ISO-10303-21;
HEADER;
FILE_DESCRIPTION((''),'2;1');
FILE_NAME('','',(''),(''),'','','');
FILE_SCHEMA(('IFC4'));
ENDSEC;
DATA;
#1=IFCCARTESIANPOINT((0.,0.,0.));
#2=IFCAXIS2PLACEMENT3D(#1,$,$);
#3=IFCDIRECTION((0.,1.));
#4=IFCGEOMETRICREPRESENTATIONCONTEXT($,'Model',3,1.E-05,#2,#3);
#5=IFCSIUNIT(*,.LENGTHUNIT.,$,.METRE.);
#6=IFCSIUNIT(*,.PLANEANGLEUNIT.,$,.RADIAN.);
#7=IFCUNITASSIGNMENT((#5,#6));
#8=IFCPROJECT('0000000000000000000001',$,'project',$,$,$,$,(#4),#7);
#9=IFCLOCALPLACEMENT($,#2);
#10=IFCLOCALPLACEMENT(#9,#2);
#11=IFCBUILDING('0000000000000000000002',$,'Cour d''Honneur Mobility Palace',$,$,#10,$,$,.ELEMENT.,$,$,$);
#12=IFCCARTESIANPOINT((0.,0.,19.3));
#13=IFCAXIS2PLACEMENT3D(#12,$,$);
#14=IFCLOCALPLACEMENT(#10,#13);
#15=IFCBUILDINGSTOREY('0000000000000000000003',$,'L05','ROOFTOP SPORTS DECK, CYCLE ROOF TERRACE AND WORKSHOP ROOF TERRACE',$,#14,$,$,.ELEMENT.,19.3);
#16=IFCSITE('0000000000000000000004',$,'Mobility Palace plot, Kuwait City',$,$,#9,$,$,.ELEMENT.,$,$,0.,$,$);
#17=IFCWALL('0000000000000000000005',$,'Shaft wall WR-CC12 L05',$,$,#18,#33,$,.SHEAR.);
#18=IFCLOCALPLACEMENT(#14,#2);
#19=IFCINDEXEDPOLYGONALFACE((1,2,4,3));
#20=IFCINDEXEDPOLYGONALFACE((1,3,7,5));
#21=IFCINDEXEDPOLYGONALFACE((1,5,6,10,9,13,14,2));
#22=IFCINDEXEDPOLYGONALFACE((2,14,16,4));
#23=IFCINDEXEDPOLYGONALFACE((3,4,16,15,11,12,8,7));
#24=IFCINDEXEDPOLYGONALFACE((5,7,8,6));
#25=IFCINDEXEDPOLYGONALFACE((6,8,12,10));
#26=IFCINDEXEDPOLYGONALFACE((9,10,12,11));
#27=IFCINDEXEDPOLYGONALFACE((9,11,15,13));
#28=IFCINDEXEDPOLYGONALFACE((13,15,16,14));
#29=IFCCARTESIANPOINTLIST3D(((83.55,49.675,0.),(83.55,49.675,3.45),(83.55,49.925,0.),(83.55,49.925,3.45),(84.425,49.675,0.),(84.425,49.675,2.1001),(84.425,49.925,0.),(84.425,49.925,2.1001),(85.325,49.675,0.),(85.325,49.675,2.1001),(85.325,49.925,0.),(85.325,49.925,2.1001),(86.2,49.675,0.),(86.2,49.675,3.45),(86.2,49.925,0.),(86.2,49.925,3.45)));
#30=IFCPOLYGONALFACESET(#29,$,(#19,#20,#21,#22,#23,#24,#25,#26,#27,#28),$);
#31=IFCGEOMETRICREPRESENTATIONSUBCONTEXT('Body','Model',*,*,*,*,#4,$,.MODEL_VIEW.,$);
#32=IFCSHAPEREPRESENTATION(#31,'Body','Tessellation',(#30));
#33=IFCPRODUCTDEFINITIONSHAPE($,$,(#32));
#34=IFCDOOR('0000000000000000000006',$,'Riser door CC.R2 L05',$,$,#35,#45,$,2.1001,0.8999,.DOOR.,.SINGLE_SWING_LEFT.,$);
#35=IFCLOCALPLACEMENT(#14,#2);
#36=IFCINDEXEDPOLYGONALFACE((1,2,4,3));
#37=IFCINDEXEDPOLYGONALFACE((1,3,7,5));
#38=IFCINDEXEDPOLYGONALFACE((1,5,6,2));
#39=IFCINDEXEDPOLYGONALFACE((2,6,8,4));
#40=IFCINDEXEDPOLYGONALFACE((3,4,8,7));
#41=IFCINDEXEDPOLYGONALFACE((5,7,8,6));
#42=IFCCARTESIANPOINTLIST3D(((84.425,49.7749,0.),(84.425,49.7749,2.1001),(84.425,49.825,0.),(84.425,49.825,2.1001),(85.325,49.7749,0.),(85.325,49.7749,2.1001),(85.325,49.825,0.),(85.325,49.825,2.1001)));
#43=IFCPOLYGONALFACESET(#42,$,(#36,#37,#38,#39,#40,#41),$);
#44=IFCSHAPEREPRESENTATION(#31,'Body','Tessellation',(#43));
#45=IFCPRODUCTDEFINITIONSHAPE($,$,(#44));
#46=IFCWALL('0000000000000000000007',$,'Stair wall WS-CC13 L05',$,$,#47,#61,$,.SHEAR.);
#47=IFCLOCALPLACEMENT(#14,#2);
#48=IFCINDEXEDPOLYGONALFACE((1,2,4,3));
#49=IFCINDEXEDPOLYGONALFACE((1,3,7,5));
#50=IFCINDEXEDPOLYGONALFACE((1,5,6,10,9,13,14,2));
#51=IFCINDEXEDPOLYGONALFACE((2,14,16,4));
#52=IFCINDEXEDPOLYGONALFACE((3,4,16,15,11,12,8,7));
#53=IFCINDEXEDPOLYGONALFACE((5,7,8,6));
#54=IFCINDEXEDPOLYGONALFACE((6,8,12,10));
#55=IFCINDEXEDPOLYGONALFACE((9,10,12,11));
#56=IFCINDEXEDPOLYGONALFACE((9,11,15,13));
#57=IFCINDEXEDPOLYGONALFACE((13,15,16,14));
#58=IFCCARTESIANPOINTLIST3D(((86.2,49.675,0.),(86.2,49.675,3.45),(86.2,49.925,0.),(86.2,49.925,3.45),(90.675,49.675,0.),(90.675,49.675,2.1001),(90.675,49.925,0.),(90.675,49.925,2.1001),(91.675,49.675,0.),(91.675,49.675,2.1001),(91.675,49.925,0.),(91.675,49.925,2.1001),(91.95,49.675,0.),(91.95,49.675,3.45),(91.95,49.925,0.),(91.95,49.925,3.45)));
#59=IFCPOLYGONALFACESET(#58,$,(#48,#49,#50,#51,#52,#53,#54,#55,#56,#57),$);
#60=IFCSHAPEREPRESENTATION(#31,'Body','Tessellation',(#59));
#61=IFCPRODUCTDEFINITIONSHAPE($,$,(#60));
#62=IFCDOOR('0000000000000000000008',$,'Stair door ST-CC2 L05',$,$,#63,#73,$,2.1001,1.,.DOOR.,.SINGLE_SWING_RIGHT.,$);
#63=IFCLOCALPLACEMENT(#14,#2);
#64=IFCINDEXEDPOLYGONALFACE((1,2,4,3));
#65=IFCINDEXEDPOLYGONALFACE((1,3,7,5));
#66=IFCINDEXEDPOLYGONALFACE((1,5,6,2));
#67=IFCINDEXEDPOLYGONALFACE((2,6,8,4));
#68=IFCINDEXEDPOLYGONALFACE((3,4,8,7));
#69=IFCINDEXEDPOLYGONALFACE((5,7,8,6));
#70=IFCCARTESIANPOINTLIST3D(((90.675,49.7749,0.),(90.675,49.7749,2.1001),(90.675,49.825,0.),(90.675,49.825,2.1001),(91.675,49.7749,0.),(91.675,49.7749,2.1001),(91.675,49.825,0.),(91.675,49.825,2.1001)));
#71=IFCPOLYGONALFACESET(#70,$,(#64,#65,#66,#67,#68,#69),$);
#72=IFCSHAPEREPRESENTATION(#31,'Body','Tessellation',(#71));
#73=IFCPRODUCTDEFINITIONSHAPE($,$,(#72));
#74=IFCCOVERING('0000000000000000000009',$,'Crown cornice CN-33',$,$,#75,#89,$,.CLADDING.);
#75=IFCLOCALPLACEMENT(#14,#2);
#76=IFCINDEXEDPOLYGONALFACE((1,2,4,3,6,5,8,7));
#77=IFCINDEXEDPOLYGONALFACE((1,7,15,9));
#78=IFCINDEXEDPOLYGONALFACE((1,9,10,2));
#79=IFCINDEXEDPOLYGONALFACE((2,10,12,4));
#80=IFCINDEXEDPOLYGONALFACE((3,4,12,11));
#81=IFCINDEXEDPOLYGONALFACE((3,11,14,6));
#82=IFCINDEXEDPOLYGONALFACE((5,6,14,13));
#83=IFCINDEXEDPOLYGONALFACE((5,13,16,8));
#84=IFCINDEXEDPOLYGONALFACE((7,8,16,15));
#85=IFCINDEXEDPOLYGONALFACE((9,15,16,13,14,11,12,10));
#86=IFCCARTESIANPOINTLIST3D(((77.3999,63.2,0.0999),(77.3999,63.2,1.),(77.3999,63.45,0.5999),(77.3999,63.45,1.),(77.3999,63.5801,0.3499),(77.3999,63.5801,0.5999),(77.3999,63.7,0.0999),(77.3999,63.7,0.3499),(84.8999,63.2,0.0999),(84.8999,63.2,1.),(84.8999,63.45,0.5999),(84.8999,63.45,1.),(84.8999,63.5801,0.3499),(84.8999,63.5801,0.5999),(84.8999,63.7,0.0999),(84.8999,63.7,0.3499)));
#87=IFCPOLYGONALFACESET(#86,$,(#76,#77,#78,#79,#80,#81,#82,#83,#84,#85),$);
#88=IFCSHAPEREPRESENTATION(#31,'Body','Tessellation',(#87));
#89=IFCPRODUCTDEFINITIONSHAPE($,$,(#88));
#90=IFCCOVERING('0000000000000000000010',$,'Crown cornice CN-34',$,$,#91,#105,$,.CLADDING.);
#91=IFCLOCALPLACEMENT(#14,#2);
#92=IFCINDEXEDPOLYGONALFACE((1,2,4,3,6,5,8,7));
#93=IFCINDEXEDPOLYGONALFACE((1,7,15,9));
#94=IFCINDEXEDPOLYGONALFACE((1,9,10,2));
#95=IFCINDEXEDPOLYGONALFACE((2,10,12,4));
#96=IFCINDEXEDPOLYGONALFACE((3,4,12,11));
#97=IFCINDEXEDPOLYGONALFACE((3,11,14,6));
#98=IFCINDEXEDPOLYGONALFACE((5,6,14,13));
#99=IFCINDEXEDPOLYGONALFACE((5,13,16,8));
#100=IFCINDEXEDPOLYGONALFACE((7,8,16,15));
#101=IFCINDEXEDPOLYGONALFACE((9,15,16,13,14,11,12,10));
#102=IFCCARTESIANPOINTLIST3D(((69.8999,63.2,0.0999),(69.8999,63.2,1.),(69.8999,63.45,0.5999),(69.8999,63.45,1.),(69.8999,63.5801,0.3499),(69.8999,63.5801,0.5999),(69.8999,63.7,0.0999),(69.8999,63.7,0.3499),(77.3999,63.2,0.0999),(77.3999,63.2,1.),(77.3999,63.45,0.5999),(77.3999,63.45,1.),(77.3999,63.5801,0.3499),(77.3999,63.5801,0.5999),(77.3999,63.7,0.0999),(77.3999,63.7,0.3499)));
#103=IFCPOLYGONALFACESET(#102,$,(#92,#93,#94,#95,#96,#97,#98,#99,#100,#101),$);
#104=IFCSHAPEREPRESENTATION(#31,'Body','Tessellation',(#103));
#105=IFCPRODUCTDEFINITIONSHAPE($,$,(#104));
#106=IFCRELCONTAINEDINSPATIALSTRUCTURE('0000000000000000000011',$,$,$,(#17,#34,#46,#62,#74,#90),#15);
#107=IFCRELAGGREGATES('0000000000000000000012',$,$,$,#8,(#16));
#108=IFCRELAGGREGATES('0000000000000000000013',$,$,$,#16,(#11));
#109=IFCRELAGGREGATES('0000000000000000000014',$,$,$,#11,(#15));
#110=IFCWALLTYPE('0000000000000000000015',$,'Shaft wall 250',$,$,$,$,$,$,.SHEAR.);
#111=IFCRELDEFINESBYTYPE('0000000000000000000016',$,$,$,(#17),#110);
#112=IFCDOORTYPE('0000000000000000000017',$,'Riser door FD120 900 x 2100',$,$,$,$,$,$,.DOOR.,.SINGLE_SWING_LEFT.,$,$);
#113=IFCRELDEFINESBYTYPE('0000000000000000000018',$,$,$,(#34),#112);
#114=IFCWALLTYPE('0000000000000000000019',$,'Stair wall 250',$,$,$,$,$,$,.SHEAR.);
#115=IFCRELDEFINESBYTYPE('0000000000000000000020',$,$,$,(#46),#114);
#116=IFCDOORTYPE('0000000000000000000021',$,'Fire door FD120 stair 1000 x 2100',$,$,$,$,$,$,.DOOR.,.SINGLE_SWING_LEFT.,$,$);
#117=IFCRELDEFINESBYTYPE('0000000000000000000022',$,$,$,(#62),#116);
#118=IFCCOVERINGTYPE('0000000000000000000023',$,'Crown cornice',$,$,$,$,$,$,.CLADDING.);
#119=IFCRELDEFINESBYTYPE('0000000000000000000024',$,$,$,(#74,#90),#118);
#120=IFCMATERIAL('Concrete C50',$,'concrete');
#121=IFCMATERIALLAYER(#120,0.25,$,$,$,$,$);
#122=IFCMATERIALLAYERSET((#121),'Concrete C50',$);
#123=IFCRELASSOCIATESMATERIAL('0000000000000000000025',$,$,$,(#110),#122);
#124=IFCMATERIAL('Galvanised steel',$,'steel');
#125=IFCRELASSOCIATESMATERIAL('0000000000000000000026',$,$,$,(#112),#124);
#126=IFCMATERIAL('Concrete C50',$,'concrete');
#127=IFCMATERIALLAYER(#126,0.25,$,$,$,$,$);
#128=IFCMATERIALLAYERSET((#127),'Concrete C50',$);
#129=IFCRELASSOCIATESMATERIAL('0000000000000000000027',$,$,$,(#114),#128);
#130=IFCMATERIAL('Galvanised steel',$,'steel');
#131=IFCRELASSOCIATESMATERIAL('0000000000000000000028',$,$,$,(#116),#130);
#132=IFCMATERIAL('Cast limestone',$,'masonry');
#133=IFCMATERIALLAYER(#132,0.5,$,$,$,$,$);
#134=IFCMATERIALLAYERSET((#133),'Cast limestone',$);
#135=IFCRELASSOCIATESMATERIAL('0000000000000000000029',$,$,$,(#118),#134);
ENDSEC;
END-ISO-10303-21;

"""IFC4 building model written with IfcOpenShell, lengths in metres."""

from ifc_helpers import new_model, si_unit, direction, frame, frame_2d, origin, place, context, subcontext, project, spatial, polyline, rectangle, outline, extrude, material, layer, layer_set, type_object, element, fill, save


model = new_model("IFC4")

# Units and contexts
model_context = context("Model", 3, precision=1e-05, world=origin(), true_north=direction((0.0, 1.0)))
body_context = subcontext(model_context, "Body", "Model", "MODEL_VIEW")
ifc_project = project(units=[si_unit("LENGTHUNIT", "METRE"), si_unit("PLANEANGLEUNIT", "RADIAN")], contexts=[model_context])

# Site, building, storey
site_placement = place(None, origin())
site = spatial("IfcSite", under=ifc_project, at=site_placement, Name="Mobility Palace plot, Kuwait City", CompositionType="ELEMENT", RefElevation=0.0)
building_placement = place(site_placement, origin())
building = spatial("IfcBuilding", under=site, at=building_placement, Name="Cour d'Honneur Mobility Palace", CompositionType="ELEMENT")
storey_placement = place(building_placement, frame((0.0, 0.0, 19.3)))
storey = spatial("IfcBuildingStorey", under=building, at=storey_placement, Name="L05", Description="ROOFTOP SPORTS DECK, CYCLE ROOF TERRACE AND WORKSHOP ROOF TERRACE", CompositionType="ELEMENT", Elevation=19.3)

# Walls, openings, doors
ifc_material_1 = material(Name="Concrete C50", Category="concrete")
ifc_layer_1 = layer(ifc_material_1, 0.25)
ifc_layer_set_1 = layer_set([ifc_layer_1], Name="Concrete C50")
wall_type_1 = type_object("IfcWallType", Name="Shaft wall 250", PredefinedType="SHEAR", material=ifc_layer_set_1)
wall_1_placement = place(storey_placement, frame((83.55, 49.8, 0.0), z_axis=(0.0, 0.0, 1.0), x_axis=(1.0, 0.0, 0.0)))
wall_1 = element("IfcWall", 1, at=wall_1_placement, inside=storey, type_object=wall_type_1, Name="Shaft wall WR-CC12 L05", PredefinedType="SHEAR", context=body_context, shape_type="SweptSolid", body=[
    extrude(rectangle(XDim=2.6499, YDim=0.25, at=frame_2d((1.325, 0.0))), origin(), (0.0, 0.0, 1.0), 3.45),
])
opening_1_placement = place(wall_1_placement, frame((0.875, 0.0, 0.0)))
opening_1 = element("IfcOpeningElement", 2, at=opening_1_placement, cuts=wall_1, PredefinedType="OPENING", context=body_context, shape_type="SweptSolid", body=[
    extrude(rectangle(XDim=0.8999, YDim=2.1001, at=frame_2d((0.45, 1.05))), frame((0.0, 0.135, 0.0), z_axis=(0.0, -1.0, 0.0), x_axis=(1.0, 0.0, 0.0)), (0.0, 0.0, 1.0), 0.27),
])
ifc_material_2 = material(Name="Galvanised steel", Category="steel")
door_type_1 = type_object("IfcDoorType", Name="Riser door FD120 900 x 2100", OperationType="SINGLE_SWING_LEFT", PredefinedType="DOOR", material=ifc_material_2)
door_1_placement = place(opening_1_placement, origin())
door_1 = element("IfcDoor", 3, at=door_1_placement, inside=storey, type_object=door_type_1, Name="Riser door CC.R2 L05", OperationType="SINGLE_SWING_LEFT", OverallHeight=2.1001, OverallWidth=0.8999, PredefinedType="DOOR", context=body_context, shape_type="SweptSolid", body=[
    extrude(rectangle(XDim=0.8999, YDim=2.1001, at=frame_2d((0.45, 1.05))), frame((0.0, 0.0249, 0.0), z_axis=(0.0, -1.0, 0.0), x_axis=(1.0, 0.0, 0.0)), (0.0, 0.0, 1.0), 0.05),
])
fill(opening_1, door_1)
ifc_material_3 = material(Name="Concrete C50", Category="concrete")
ifc_layer_2 = layer(ifc_material_3, 0.25)
ifc_layer_set_2 = layer_set([ifc_layer_2], Name="Concrete C50")
wall_type_2 = type_object("IfcWallType", Name="Stair wall 250", PredefinedType="SHEAR", material=ifc_layer_set_2)
wall_2_placement = place(storey_placement, frame((86.2, 49.8, 0.0), z_axis=(0.0, 0.0, 1.0), x_axis=(1.0, 0.0, 0.0)))
wall_2 = element("IfcWall", 4, at=wall_2_placement, inside=storey, type_object=wall_type_2, Name="Stair wall WS-CC13 L05", PredefinedType="SHEAR", context=body_context, shape_type="SweptSolid", body=[
    extrude(rectangle(XDim=5.75, YDim=0.25, at=frame_2d((2.875, 0.0))), origin(), (0.0, 0.0, 1.0), 3.45),
])
opening_2_placement = place(wall_2_placement, frame((4.4751, 0.0, 0.0)))
opening_2 = element("IfcOpeningElement", 5, at=opening_2_placement, cuts=wall_2, PredefinedType="OPENING", context=body_context, shape_type="SweptSolid", body=[
    extrude(rectangle(XDim=1.0, YDim=2.1001, at=frame_2d((0.5, 1.05))), frame((0.0, 0.135, 0.0), z_axis=(0.0, -1.0, 0.0), x_axis=(1.0, 0.0, 0.0)), (0.0, 0.0, 1.0), 0.27),
])
ifc_material_4 = material(Name="Galvanised steel", Category="steel")
door_type_2 = type_object("IfcDoorType", Name="Fire door FD120 stair 1000 x 2100", OperationType="SINGLE_SWING_LEFT", PredefinedType="DOOR", material=ifc_material_4)
door_2_placement = place(opening_2_placement, origin())
door_2 = element("IfcDoor", 6, at=door_2_placement, inside=storey, type_object=door_type_2, Name="Stair door ST-CC2 L05", OperationType="SINGLE_SWING_RIGHT", OverallHeight=2.1001, OverallWidth=1.0, PredefinedType="DOOR", context=body_context, shape_type="SweptSolid", body=[
    extrude(rectangle(XDim=1.0, YDim=2.1001, at=frame_2d((0.5, 1.05))), frame((0.0, 0.0249, 0.0), z_axis=(0.0, -1.0, 0.0), x_axis=(1.0, 0.0, 0.0)), (0.0, 0.0, 1.0), 0.05),
])
fill(opening_2, door_2)

# Coverings
ifc_material_5 = material(Name="Cast limestone", Category="masonry")
ifc_layer_3 = layer(ifc_material_5, 0.5)
ifc_layer_set_3 = layer_set([ifc_layer_3], Name="Cast limestone")
covering_type = type_object("IfcCoveringType", Name="Crown cornice", PredefinedType="CLADDING", material=ifc_layer_set_3)
for number, where, z_axis, x_axis, name in (
    (7, (84.8999, 63.2, 0.0999), (1.0, 0.0, 0.0), (0.0, 1.0, 0.0), "Crown cornice CN-33"),
    (8, (77.3999, 63.2, 0.0999), (1.0, 0.0, 0.0), (0.0, 1.0, 0.0), "Crown cornice CN-34"),
):
    element("IfcCovering", number, at=place(storey_placement, frame(where, z_axis=z_axis, x_axis=x_axis)), inside=storey, type_object=covering_type, Name=name, PredefinedType="CLADDING", context=body_context, shape_type="SweptSolid", body=[
        extrude(outline(polyline([(0.0, 0.0), (0.5, 0.0), (0.5, 0.25), (0.3801, 0.25), (0.3801, 0.5), (0.25, 0.5), (0.25, 0.9001), (0.0, 0.9001), (0.0, 0.0)])), origin(), (0.0, 0.0, -1.0), 7.5),
    ])

save(model, "model.ifc")
